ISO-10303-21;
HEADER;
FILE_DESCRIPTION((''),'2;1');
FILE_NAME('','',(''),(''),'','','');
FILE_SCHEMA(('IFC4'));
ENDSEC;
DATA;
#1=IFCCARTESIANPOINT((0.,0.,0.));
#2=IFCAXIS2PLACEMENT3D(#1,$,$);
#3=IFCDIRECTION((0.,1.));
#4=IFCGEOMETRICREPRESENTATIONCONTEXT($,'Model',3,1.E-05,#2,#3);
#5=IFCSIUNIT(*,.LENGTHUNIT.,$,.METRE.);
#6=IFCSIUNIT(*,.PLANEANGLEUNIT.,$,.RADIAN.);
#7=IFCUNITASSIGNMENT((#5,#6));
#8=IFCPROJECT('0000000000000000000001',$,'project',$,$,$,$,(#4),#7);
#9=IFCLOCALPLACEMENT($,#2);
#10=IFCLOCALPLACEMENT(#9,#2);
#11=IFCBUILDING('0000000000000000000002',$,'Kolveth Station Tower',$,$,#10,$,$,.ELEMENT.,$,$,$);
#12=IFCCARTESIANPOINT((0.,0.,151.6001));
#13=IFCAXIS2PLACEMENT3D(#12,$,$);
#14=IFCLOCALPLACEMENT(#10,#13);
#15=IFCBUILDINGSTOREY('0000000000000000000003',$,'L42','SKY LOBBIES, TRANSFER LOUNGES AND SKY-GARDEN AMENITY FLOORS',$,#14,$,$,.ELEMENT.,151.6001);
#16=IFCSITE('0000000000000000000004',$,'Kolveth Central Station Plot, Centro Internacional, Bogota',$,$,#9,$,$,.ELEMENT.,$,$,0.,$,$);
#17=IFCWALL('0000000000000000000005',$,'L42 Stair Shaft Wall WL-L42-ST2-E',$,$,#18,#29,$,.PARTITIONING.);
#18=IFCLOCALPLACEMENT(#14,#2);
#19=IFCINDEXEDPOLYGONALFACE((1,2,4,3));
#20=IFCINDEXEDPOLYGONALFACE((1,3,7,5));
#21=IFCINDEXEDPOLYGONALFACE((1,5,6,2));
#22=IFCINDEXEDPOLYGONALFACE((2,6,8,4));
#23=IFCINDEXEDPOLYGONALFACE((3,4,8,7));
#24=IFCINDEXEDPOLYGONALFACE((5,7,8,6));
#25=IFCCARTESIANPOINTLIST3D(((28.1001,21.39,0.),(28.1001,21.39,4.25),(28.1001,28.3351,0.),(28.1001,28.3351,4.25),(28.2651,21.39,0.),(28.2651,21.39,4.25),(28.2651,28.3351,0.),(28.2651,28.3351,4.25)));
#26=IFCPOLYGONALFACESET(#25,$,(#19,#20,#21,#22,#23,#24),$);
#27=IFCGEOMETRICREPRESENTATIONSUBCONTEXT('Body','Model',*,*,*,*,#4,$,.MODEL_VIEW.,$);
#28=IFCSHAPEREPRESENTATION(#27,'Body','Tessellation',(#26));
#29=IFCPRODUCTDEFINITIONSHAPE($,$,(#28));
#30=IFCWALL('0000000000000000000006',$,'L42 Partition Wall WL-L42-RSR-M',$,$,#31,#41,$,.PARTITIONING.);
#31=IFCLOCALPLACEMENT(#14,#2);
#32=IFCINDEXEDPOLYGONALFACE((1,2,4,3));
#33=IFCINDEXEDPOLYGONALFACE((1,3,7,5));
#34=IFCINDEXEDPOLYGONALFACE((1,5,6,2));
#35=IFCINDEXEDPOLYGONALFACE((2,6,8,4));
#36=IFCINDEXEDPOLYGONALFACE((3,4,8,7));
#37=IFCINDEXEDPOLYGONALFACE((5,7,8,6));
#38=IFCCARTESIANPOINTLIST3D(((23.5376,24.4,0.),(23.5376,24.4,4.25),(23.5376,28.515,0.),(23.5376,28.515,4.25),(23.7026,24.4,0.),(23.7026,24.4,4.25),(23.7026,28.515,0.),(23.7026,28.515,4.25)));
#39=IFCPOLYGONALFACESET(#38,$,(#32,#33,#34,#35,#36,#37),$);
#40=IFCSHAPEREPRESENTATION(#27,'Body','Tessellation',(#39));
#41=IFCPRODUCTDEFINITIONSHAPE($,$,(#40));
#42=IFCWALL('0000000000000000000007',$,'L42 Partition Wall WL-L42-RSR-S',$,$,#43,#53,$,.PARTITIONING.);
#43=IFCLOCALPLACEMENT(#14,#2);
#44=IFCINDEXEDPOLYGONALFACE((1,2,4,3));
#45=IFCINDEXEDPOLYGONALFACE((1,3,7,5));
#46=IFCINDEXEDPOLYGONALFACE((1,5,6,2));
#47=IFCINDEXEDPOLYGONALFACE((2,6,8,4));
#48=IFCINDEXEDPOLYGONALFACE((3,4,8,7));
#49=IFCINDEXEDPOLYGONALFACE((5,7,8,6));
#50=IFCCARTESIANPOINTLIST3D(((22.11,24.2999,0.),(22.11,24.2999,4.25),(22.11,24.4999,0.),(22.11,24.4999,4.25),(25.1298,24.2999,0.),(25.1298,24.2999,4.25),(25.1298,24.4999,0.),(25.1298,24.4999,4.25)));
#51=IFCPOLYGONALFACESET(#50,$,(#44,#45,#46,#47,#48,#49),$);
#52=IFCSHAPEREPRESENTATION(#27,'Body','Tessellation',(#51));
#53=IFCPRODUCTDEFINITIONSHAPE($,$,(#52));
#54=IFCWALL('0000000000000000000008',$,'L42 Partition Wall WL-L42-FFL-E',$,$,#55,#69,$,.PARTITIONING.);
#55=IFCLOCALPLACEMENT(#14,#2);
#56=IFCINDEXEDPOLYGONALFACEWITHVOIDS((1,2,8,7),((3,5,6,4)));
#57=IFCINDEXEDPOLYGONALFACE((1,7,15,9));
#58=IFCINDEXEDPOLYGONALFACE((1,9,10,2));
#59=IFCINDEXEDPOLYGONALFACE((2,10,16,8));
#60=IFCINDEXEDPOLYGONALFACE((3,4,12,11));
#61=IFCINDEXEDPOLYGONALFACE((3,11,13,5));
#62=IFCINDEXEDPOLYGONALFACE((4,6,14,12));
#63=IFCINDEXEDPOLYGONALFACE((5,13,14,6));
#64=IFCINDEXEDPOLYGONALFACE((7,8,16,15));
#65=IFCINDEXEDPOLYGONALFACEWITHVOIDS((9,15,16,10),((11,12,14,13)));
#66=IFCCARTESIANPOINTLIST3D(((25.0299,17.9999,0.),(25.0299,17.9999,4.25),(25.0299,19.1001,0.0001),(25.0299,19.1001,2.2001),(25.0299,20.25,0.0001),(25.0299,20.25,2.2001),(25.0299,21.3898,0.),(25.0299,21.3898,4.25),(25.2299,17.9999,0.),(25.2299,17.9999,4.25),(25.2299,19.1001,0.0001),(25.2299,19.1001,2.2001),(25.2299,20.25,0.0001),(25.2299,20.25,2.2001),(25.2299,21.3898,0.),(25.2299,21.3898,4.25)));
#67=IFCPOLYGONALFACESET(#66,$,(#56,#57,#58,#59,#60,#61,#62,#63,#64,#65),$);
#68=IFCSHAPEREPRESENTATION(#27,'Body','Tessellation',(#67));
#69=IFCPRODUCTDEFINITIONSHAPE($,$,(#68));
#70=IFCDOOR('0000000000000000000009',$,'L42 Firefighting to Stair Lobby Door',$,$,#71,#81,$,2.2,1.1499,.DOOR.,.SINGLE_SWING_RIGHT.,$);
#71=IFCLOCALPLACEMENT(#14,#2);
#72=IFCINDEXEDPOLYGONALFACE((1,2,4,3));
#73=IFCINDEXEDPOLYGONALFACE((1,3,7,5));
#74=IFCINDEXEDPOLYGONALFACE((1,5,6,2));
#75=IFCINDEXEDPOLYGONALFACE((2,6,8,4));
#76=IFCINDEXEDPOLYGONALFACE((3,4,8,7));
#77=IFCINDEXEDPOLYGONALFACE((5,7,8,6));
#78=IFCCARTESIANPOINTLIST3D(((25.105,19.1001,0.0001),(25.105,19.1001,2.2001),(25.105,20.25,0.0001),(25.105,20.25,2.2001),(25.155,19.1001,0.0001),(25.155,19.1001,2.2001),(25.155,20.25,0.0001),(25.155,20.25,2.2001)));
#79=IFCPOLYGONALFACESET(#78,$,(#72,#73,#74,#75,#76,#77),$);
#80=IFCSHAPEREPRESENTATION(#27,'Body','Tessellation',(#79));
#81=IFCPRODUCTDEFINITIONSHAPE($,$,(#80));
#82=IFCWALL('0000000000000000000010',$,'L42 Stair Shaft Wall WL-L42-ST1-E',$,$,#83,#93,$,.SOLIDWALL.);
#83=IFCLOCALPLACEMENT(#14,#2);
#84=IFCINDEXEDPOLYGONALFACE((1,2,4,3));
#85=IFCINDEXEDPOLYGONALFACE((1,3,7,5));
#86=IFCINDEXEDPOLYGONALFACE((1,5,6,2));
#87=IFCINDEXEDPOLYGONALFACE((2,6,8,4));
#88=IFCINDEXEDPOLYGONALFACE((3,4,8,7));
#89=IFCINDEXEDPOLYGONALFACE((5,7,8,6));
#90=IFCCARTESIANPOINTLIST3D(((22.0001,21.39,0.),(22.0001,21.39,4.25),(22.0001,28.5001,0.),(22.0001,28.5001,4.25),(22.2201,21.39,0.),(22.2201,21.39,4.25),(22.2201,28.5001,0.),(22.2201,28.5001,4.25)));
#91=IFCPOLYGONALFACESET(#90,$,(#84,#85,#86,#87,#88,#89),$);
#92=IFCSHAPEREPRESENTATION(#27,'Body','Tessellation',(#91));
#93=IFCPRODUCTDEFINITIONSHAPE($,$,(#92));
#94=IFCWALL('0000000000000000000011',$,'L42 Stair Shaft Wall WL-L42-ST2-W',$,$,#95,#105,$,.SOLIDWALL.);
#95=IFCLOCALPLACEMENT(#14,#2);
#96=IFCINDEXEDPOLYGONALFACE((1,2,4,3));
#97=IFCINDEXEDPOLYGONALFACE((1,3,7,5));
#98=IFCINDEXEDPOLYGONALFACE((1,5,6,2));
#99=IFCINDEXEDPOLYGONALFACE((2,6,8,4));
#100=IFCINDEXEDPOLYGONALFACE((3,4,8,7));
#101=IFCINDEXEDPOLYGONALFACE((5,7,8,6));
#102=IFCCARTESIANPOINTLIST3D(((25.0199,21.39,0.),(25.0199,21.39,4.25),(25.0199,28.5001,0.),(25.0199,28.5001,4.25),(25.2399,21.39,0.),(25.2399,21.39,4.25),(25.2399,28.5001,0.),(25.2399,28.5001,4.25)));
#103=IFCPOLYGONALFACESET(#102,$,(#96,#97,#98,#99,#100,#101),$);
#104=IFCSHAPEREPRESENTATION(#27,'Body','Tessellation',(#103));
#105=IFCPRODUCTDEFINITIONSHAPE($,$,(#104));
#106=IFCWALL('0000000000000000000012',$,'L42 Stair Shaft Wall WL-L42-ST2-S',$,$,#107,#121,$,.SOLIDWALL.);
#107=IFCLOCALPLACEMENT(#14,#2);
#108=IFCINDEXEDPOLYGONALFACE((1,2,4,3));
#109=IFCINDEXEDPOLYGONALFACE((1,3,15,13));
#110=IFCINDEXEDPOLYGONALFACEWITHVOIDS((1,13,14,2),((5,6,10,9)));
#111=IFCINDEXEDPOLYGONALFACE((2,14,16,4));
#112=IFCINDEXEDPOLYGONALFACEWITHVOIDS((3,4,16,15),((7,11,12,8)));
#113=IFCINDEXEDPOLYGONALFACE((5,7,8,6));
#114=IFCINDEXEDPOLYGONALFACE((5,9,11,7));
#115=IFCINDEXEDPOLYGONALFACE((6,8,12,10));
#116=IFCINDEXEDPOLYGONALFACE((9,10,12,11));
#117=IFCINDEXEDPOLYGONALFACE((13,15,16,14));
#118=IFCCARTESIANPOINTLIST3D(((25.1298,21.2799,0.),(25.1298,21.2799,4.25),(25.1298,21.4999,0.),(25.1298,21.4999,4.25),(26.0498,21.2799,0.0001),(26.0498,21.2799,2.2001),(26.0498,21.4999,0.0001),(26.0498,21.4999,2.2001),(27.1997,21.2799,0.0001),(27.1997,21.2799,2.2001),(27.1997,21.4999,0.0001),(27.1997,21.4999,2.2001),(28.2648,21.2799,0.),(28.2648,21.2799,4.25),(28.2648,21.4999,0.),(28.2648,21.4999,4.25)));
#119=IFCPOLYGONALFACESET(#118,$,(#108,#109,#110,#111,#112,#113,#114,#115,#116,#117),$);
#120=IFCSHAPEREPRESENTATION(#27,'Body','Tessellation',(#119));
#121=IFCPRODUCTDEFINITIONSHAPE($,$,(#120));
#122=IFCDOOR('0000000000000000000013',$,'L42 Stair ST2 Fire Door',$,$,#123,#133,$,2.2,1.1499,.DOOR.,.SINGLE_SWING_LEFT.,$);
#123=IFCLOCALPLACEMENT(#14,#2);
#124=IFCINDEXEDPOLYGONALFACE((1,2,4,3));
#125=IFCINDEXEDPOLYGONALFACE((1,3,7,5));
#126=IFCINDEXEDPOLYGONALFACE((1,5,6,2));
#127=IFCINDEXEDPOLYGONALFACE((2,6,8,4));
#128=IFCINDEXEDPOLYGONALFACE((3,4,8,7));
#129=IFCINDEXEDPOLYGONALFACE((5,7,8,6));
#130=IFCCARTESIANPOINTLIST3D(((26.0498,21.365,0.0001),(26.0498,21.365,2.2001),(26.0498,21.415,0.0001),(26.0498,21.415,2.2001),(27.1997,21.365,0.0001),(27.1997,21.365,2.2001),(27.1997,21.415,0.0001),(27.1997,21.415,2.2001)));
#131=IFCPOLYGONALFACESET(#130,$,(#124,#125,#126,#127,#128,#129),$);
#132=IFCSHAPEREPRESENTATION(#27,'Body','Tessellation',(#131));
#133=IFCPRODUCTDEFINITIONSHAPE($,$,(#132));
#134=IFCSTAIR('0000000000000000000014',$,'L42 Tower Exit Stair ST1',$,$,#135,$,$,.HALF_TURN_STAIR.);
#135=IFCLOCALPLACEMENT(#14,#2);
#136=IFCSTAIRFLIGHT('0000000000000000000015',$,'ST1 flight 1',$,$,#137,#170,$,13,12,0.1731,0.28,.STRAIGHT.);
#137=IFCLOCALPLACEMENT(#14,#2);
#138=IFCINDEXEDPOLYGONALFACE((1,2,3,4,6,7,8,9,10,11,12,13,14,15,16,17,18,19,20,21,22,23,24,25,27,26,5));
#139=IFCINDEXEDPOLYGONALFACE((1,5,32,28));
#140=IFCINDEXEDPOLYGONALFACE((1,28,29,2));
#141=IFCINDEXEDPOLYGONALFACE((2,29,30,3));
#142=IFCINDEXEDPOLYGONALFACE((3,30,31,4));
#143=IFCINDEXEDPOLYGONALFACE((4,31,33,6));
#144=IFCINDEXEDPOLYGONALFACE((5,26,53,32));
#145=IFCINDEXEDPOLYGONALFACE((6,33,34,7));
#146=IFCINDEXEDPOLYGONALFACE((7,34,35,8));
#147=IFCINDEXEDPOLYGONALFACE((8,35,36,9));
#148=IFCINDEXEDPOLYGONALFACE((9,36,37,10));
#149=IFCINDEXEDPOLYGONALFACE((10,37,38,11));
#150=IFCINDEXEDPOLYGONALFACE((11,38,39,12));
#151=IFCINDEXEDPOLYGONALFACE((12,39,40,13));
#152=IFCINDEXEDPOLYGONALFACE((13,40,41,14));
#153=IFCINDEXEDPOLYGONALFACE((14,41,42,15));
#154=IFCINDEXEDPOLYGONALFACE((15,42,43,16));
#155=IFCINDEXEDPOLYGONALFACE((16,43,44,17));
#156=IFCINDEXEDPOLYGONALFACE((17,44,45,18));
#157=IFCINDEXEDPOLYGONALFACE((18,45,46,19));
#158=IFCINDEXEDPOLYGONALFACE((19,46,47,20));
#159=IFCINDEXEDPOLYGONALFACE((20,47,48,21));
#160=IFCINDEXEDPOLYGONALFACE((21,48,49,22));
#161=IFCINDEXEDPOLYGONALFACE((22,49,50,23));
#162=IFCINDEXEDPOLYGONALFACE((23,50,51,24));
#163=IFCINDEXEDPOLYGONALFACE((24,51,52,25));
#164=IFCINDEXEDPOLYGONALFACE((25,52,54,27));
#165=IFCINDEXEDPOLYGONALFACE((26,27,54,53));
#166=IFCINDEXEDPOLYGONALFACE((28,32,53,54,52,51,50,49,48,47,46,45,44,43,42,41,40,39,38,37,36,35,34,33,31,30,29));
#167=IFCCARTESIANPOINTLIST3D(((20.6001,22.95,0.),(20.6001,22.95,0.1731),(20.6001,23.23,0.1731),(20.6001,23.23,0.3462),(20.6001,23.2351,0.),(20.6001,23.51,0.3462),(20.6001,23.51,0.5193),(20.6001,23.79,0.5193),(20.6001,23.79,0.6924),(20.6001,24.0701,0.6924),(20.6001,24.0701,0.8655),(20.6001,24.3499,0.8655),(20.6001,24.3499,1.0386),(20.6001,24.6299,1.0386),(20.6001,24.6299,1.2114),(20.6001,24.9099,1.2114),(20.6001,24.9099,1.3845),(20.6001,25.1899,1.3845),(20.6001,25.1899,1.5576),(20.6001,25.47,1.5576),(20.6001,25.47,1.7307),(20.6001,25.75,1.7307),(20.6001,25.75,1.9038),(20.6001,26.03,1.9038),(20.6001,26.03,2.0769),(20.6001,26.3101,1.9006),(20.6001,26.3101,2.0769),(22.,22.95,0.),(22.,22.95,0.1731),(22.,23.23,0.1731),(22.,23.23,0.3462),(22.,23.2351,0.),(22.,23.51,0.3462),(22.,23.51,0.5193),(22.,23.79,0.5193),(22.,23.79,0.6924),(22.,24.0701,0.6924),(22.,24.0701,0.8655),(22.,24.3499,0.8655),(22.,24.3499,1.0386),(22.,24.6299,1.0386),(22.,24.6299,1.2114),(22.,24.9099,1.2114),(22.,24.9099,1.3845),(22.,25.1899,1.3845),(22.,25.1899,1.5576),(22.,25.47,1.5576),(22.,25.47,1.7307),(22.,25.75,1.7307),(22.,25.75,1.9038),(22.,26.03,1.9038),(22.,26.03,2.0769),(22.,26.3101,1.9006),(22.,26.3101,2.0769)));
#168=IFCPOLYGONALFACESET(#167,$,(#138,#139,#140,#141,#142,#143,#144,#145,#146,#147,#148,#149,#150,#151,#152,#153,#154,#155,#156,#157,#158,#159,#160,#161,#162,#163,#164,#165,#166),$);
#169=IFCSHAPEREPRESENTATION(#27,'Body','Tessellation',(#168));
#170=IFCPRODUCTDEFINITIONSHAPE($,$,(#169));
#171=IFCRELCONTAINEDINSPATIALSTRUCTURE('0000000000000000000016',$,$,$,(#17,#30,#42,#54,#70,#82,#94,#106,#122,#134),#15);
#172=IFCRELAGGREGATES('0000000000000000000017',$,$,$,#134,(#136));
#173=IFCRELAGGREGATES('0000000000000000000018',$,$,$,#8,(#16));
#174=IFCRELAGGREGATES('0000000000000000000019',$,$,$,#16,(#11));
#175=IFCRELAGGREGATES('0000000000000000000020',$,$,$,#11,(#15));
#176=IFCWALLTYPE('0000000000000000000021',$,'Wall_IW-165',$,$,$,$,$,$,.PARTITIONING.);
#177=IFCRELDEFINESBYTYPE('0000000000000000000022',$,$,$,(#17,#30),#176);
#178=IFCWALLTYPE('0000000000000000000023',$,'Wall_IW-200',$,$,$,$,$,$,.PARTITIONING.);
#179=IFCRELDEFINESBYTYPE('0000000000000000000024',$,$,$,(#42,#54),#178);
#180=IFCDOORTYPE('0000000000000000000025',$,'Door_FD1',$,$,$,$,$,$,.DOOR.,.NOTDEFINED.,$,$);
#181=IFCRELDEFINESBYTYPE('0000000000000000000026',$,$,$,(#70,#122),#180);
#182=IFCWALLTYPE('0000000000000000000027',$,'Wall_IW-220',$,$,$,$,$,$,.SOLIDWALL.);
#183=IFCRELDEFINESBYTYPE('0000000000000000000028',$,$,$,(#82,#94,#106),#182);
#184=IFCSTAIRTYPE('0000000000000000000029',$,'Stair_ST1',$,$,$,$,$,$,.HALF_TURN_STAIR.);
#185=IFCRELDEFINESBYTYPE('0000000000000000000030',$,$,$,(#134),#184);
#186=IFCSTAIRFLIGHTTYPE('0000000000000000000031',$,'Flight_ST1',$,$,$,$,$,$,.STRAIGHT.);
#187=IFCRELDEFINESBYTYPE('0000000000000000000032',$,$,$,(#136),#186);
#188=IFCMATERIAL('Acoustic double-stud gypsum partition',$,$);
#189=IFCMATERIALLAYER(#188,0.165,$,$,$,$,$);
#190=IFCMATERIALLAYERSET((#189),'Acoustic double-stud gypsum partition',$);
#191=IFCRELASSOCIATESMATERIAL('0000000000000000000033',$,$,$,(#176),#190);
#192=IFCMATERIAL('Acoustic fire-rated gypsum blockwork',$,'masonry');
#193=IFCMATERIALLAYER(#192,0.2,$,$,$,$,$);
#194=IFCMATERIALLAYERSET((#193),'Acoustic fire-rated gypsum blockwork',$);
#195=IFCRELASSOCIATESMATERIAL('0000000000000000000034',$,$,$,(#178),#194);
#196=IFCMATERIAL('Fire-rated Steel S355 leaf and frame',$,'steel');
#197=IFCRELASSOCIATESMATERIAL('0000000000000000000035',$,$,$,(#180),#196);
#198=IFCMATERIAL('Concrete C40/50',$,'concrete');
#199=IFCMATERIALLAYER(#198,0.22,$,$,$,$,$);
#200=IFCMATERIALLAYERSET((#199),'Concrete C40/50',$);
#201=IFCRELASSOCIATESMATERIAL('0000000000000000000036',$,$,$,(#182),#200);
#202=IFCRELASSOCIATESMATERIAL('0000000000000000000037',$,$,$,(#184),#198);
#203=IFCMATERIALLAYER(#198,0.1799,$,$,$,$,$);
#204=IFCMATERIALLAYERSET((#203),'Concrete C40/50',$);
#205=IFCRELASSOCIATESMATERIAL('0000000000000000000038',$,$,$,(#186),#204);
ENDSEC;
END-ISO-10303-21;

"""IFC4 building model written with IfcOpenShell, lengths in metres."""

from ifc_helpers import new_model, si_unit, direction, frame, frame_2d, origin, place, context, subcontext, project, spatial, polyline, rectangle, outline, extrude, material, layer, layer_set, type_object, element, fill, aggregate, save


model = new_model("IFC4")

# Units and contexts
model_context = context("Model", 3, precision=1e-05, world=origin(), true_north=direction((0.0, 1.0)))
body_context = subcontext(model_context, "Body", "Model", "MODEL_VIEW")
ifc_project = project(units=[si_unit("LENGTHUNIT", "METRE"), si_unit("PLANEANGLEUNIT", "RADIAN")], contexts=[model_context])

# Site, building, storey
site_placement = place(None, origin())
site = spatial("IfcSite", under=ifc_project, at=site_placement, Name="Kolveth Central Station Plot, Centro Internacional, Bogota", CompositionType="ELEMENT", RefElevation=0.0)
building_placement = place(site_placement, origin())
building = spatial("IfcBuilding", under=site, at=building_placement, Name="Kolveth Station Tower", CompositionType="ELEMENT")
storey_placement = place(building_placement, frame((0.0, 0.0, 151.6001)))
storey = spatial("IfcBuildingStorey", under=building, at=storey_placement, Name="L42", Description="SKY LOBBIES, TRANSFER LOUNGES AND SKY-GARDEN AMENITY FLOORS", CompositionType="ELEMENT", Elevation=151.6001)

# Walls
ifc_material_1 = material(Name="Acoustic double-stud gypsum partition")
ifc_layer_1 = layer(ifc_material_1, 0.165)
ifc_layer_set_1 = layer_set([ifc_layer_1], Name="Acoustic double-stud gypsum partition")
wall_type_1 = type_object("IfcWallType", Name="Wall_IW-165", PredefinedType="PARTITIONING", material=ifc_layer_set_1)
wall_1_placement = place(storey_placement, frame((28.1826, 21.3899, 0.0), z_axis=(0.0, 0.0, 1.0), x_axis=(0.0, 1.0, 0.0)))
element("IfcWall", 1, at=wall_1_placement, inside=storey, type_object=wall_type_1, Name="L42 Stair Shaft Wall WL-L42-ST2-E", PredefinedType="PARTITIONING", context=body_context, shape_type="SweptSolid", body=[
    extrude(rectangle(XDim=6.9451, YDim=0.165, at=frame_2d((3.4727, 0.0))), origin(), (0.0, 0.0, 1.0), 4.25),
])
wall_2_placement = place(storey_placement, frame((23.6201, 24.3999, 0.0), z_axis=(0.0, 0.0, 1.0), x_axis=(0.0, 1.0, 0.0)))
element("IfcWall", 2, at=wall_2_placement, inside=storey, type_object=wall_type_1, Name="L42 Partition Wall WL-L42-RSR-M", PredefinedType="PARTITIONING", context=body_context, shape_type="SweptSolid", body=[
    extrude(rectangle(XDim=4.115, YDim=0.165, at=frame_2d((2.0576, 0.0))), origin(), (0.0, 0.0, 1.0), 4.25),
])
ifc_material_2 = material(Name="Acoustic fire-rated gypsum blockwork", Category="masonry")
ifc_layer_2 = layer(ifc_material_2, 0.2)
ifc_layer_set_2 = layer_set([ifc_layer_2], Name="Acoustic fire-rated gypsum blockwork")
wall_type_2 = type_object("IfcWallType", Name="Wall_IW-200", PredefinedType="PARTITIONING", material=ifc_layer_set_2)
wall_3_placement = place(storey_placement, frame((22.1101, 24.3999, 0.0), z_axis=(0.0, 0.0, 1.0), x_axis=(1.0, 0.0, 0.0)))
element("IfcWall", 3, at=wall_3_placement, inside=storey, type_object=wall_type_2, Name="L42 Partition Wall WL-L42-RSR-S", PredefinedType="PARTITIONING", context=body_context, shape_type="SweptSolid", body=[
    extrude(rectangle(XDim=3.0198, YDim=0.2, at=frame_2d((1.5098, 0.0))), origin(), (0.0, 0.0, 1.0), 4.25),
])

# Wall, opening, door
wall_4_placement = place(storey_placement, frame((25.1299, 18.0, 0.0), z_axis=(0.0, 0.0, 1.0), x_axis=(0.0, 1.0, 0.0)))
wall_4 = element("IfcWall", 4, at=wall_4_placement, inside=storey, type_object=wall_type_2, Name="L42 Partition Wall WL-L42-FFL-E", PredefinedType="PARTITIONING", context=body_context, shape_type="SweptSolid", body=[
    extrude(rectangle(XDim=3.3899, YDim=0.2, at=frame_2d((1.6948, 0.0))), origin(), (0.0, 0.0, 1.0), 4.25),
])
opening_1_placement = place(wall_4_placement, frame((1.1001, 0.0, 0.0)))
opening_1 = element("IfcOpeningElement", 5, at=opening_1_placement, cuts=wall_4, PredefinedType="OPENING", context=body_context, shape_type="SweptSolid", body=[
    extrude(rectangle(XDim=1.1499, YDim=2.2, at=frame_2d((0.575, 1.1001))), frame((0.0, 0.1099, 0.0), z_axis=(0.0, -1.0, 0.0), x_axis=(1.0, 0.0, 0.0)), (0.0, 0.0, 1.0), 0.22),
])
ifc_material_3 = material(Name="Fire-rated Steel S355 leaf and frame", Category="steel")
door_type = type_object("IfcDoorType", Name="Door_FD1", OperationType="NOTDEFINED", PredefinedType="DOOR", material=ifc_material_3)
door_1_placement = place(opening_1_placement, origin())
door_1 = element("IfcDoor", 6, at=door_1_placement, inside=storey, type_object=door_type, Name="L42 Firefighting to Stair Lobby Door", OperationType="SINGLE_SWING_RIGHT", OverallHeight=2.2, OverallWidth=1.1499, PredefinedType="DOOR", context=body_context, shape_type="SweptSolid", body=[
    extrude(rectangle(XDim=1.1499, YDim=2.2, at=frame_2d((0.575, 1.1001))), frame((0.0, 0.0249, 0.0), z_axis=(0.0, -1.0, 0.0), x_axis=(1.0, 0.0, 0.0)), (0.0, 0.0, 1.0), 0.05),
])
fill(opening_1, door_1)

# Walls
ifc_material_4 = material(Name="Concrete C40/50", Category="concrete")
ifc_layer_3 = layer(ifc_material_4, 0.22)
ifc_layer_set_3 = layer_set([ifc_layer_3], Name="Concrete C40/50")
wall_type_3 = type_object("IfcWallType", Name="Wall_IW-220", PredefinedType="SOLIDWALL", material=ifc_layer_set_3)
for number, where, z_axis, x_axis, name in (
    (7, (22.1101, 21.3899, 0.0), (0.0, 0.0, 1.0), (0.0, 1.0, 0.0), "L42 Stair Shaft Wall WL-L42-ST1-E"),
    (8, (25.1299, 21.3899, 0.0), (0.0, 0.0, 1.0), (0.0, 1.0, 0.0), "L42 Stair Shaft Wall WL-L42-ST2-W"),
):
    element("IfcWall", number, at=place(storey_placement, frame(where, z_axis=z_axis, x_axis=x_axis)), inside=storey, type_object=wall_type_3, Name=name, PredefinedType="SOLIDWALL", context=body_context, shape_type="SweptSolid", body=[
        extrude(rectangle(XDim=7.1101, YDim=0.22, at=frame_2d((3.5552, 0.0))), origin(), (0.0, 0.0, 1.0), 4.25),
    ])

# Wall, opening, door
wall_5_placement = place(storey_placement, frame((25.1299, 21.3899, 0.0), z_axis=(0.0, 0.0, 1.0), x_axis=(1.0, 0.0, 0.0)))
wall_5 = element("IfcWall", 9, at=wall_5_placement, inside=storey, type_object=wall_type_3, Name="L42 Stair Shaft Wall WL-L42-ST2-S", PredefinedType="SOLIDWALL", context=body_context, shape_type="SweptSolid", body=[
    extrude(rectangle(XDim=3.135, YDim=0.22, at=frame_2d((1.5674, 0.0))), origin(), (0.0, 0.0, 1.0), 4.25),
])
opening_2_placement = place(wall_5_placement, frame((0.9199, 0.0, 0.0)))
opening_2 = element("IfcOpeningElement", 10, at=opening_2_placement, cuts=wall_5, PredefinedType="OPENING", context=body_context, shape_type="SweptSolid", body=[
    extrude(rectangle(XDim=1.1499, YDim=2.2, at=frame_2d((0.575, 1.1001))), frame((0.0, 0.1199, 0.0), z_axis=(0.0, -1.0, 0.0), x_axis=(1.0, 0.0, 0.0)), (0.0, 0.0, 1.0), 0.24),
])
door_2_placement = place(opening_2_placement, frame((1.1499, 0.0, 0.0), z_axis=(0.0, 0.0, 1.0), x_axis=(-1.0, 0.0, 0.0)))
door_2 = element("IfcDoor", 11, at=door_2_placement, inside=storey, type_object=door_type, Name="L42 Stair ST2 Fire Door", OperationType="SINGLE_SWING_LEFT", OverallHeight=2.2, OverallWidth=1.1499, PredefinedType="DOOR", context=body_context, shape_type="SweptSolid", body=[
    extrude(rectangle(XDim=1.1499, YDim=2.2, at=frame_2d((0.575, 1.1001))), frame((0.0, 0.0249, 0.0), z_axis=(0.0, -1.0, 0.0), x_axis=(1.0, 0.0, 0.0)), (0.0, 0.0, 1.0), 0.05),
])
fill(opening_2, door_2)

# Stair, stair flight
stair_type_1 = type_object("IfcStairType", Name="Stair_ST1", PredefinedType="HALF_TURN_STAIR", material=ifc_material_4)
stair_1_placement = place(storey_placement, origin())
stair_1 = element("IfcStair", 12, at=stair_1_placement, inside=storey, type_object=stair_type_1, Name="L42 Tower Exit Stair ST1", PredefinedType="HALF_TURN_STAIR")
ifc_layer_4 = layer(ifc_material_4, 0.1799)
ifc_layer_set_4 = layer_set([ifc_layer_4], Name="Concrete C40/50")
stair_flight_type_1 = type_object("IfcStairFlightType", Name="Flight_ST1", PredefinedType="STRAIGHT", material=ifc_layer_set_4)
stair_flight_1_placement = place(storey_placement, frame((21.3, 22.95, 0.0), z_axis=(0.0, 0.0, 1.0), x_axis=(0.0, 1.0, 0.0)))
stair_flight_1 = element("IfcStairFlight", 13, at=stair_flight_1_placement, type_object=stair_flight_type_1, Name="ST1 flight 1", NumberOfRisers=13, NumberOfTreads=12, PredefinedType="STRAIGHT", RiserHeight=0.1731, TreadLength=0.28, context=body_context, shape_type="SweptSolid", body=[
    extrude(outline(polyline([(0.0, 0.0), (0.0, 0.1731), (0.28, 0.1731), (0.28, 0.3462), (0.5601, 0.3462), (0.5601, 0.5193), (0.8401, 0.5193), (0.8401, 0.6924), (1.1201, 0.6924), (1.1201, 0.8655), (1.3999, 0.8655), (1.3999, 1.0386), (1.6799, 1.0386), (1.6799, 1.2114), (1.96, 1.2114), (1.96, 1.3845), (2.24, 1.3845), (2.24, 1.5576), (2.52, 1.5576), (2.52, 1.7307), (2.8, 1.7307), (2.8, 1.9038), (3.0801, 1.9038), (3.0801, 2.0769), (3.3601, 2.0769), (3.3601, 2.25), (3.3601, 1.9006), (0.2852, 0.0), (0.0, 0.0)])), frame((0.0, 0.7, 0.0), z_axis=(0.0, -1.0, 0.0), x_axis=(1.0, 0.0, 0.0)), (0.0, 0.0, 1.0), 1.3999),
])
aggregate(stair_1, [stair_flight_1])

save(model, "model.ifc")
